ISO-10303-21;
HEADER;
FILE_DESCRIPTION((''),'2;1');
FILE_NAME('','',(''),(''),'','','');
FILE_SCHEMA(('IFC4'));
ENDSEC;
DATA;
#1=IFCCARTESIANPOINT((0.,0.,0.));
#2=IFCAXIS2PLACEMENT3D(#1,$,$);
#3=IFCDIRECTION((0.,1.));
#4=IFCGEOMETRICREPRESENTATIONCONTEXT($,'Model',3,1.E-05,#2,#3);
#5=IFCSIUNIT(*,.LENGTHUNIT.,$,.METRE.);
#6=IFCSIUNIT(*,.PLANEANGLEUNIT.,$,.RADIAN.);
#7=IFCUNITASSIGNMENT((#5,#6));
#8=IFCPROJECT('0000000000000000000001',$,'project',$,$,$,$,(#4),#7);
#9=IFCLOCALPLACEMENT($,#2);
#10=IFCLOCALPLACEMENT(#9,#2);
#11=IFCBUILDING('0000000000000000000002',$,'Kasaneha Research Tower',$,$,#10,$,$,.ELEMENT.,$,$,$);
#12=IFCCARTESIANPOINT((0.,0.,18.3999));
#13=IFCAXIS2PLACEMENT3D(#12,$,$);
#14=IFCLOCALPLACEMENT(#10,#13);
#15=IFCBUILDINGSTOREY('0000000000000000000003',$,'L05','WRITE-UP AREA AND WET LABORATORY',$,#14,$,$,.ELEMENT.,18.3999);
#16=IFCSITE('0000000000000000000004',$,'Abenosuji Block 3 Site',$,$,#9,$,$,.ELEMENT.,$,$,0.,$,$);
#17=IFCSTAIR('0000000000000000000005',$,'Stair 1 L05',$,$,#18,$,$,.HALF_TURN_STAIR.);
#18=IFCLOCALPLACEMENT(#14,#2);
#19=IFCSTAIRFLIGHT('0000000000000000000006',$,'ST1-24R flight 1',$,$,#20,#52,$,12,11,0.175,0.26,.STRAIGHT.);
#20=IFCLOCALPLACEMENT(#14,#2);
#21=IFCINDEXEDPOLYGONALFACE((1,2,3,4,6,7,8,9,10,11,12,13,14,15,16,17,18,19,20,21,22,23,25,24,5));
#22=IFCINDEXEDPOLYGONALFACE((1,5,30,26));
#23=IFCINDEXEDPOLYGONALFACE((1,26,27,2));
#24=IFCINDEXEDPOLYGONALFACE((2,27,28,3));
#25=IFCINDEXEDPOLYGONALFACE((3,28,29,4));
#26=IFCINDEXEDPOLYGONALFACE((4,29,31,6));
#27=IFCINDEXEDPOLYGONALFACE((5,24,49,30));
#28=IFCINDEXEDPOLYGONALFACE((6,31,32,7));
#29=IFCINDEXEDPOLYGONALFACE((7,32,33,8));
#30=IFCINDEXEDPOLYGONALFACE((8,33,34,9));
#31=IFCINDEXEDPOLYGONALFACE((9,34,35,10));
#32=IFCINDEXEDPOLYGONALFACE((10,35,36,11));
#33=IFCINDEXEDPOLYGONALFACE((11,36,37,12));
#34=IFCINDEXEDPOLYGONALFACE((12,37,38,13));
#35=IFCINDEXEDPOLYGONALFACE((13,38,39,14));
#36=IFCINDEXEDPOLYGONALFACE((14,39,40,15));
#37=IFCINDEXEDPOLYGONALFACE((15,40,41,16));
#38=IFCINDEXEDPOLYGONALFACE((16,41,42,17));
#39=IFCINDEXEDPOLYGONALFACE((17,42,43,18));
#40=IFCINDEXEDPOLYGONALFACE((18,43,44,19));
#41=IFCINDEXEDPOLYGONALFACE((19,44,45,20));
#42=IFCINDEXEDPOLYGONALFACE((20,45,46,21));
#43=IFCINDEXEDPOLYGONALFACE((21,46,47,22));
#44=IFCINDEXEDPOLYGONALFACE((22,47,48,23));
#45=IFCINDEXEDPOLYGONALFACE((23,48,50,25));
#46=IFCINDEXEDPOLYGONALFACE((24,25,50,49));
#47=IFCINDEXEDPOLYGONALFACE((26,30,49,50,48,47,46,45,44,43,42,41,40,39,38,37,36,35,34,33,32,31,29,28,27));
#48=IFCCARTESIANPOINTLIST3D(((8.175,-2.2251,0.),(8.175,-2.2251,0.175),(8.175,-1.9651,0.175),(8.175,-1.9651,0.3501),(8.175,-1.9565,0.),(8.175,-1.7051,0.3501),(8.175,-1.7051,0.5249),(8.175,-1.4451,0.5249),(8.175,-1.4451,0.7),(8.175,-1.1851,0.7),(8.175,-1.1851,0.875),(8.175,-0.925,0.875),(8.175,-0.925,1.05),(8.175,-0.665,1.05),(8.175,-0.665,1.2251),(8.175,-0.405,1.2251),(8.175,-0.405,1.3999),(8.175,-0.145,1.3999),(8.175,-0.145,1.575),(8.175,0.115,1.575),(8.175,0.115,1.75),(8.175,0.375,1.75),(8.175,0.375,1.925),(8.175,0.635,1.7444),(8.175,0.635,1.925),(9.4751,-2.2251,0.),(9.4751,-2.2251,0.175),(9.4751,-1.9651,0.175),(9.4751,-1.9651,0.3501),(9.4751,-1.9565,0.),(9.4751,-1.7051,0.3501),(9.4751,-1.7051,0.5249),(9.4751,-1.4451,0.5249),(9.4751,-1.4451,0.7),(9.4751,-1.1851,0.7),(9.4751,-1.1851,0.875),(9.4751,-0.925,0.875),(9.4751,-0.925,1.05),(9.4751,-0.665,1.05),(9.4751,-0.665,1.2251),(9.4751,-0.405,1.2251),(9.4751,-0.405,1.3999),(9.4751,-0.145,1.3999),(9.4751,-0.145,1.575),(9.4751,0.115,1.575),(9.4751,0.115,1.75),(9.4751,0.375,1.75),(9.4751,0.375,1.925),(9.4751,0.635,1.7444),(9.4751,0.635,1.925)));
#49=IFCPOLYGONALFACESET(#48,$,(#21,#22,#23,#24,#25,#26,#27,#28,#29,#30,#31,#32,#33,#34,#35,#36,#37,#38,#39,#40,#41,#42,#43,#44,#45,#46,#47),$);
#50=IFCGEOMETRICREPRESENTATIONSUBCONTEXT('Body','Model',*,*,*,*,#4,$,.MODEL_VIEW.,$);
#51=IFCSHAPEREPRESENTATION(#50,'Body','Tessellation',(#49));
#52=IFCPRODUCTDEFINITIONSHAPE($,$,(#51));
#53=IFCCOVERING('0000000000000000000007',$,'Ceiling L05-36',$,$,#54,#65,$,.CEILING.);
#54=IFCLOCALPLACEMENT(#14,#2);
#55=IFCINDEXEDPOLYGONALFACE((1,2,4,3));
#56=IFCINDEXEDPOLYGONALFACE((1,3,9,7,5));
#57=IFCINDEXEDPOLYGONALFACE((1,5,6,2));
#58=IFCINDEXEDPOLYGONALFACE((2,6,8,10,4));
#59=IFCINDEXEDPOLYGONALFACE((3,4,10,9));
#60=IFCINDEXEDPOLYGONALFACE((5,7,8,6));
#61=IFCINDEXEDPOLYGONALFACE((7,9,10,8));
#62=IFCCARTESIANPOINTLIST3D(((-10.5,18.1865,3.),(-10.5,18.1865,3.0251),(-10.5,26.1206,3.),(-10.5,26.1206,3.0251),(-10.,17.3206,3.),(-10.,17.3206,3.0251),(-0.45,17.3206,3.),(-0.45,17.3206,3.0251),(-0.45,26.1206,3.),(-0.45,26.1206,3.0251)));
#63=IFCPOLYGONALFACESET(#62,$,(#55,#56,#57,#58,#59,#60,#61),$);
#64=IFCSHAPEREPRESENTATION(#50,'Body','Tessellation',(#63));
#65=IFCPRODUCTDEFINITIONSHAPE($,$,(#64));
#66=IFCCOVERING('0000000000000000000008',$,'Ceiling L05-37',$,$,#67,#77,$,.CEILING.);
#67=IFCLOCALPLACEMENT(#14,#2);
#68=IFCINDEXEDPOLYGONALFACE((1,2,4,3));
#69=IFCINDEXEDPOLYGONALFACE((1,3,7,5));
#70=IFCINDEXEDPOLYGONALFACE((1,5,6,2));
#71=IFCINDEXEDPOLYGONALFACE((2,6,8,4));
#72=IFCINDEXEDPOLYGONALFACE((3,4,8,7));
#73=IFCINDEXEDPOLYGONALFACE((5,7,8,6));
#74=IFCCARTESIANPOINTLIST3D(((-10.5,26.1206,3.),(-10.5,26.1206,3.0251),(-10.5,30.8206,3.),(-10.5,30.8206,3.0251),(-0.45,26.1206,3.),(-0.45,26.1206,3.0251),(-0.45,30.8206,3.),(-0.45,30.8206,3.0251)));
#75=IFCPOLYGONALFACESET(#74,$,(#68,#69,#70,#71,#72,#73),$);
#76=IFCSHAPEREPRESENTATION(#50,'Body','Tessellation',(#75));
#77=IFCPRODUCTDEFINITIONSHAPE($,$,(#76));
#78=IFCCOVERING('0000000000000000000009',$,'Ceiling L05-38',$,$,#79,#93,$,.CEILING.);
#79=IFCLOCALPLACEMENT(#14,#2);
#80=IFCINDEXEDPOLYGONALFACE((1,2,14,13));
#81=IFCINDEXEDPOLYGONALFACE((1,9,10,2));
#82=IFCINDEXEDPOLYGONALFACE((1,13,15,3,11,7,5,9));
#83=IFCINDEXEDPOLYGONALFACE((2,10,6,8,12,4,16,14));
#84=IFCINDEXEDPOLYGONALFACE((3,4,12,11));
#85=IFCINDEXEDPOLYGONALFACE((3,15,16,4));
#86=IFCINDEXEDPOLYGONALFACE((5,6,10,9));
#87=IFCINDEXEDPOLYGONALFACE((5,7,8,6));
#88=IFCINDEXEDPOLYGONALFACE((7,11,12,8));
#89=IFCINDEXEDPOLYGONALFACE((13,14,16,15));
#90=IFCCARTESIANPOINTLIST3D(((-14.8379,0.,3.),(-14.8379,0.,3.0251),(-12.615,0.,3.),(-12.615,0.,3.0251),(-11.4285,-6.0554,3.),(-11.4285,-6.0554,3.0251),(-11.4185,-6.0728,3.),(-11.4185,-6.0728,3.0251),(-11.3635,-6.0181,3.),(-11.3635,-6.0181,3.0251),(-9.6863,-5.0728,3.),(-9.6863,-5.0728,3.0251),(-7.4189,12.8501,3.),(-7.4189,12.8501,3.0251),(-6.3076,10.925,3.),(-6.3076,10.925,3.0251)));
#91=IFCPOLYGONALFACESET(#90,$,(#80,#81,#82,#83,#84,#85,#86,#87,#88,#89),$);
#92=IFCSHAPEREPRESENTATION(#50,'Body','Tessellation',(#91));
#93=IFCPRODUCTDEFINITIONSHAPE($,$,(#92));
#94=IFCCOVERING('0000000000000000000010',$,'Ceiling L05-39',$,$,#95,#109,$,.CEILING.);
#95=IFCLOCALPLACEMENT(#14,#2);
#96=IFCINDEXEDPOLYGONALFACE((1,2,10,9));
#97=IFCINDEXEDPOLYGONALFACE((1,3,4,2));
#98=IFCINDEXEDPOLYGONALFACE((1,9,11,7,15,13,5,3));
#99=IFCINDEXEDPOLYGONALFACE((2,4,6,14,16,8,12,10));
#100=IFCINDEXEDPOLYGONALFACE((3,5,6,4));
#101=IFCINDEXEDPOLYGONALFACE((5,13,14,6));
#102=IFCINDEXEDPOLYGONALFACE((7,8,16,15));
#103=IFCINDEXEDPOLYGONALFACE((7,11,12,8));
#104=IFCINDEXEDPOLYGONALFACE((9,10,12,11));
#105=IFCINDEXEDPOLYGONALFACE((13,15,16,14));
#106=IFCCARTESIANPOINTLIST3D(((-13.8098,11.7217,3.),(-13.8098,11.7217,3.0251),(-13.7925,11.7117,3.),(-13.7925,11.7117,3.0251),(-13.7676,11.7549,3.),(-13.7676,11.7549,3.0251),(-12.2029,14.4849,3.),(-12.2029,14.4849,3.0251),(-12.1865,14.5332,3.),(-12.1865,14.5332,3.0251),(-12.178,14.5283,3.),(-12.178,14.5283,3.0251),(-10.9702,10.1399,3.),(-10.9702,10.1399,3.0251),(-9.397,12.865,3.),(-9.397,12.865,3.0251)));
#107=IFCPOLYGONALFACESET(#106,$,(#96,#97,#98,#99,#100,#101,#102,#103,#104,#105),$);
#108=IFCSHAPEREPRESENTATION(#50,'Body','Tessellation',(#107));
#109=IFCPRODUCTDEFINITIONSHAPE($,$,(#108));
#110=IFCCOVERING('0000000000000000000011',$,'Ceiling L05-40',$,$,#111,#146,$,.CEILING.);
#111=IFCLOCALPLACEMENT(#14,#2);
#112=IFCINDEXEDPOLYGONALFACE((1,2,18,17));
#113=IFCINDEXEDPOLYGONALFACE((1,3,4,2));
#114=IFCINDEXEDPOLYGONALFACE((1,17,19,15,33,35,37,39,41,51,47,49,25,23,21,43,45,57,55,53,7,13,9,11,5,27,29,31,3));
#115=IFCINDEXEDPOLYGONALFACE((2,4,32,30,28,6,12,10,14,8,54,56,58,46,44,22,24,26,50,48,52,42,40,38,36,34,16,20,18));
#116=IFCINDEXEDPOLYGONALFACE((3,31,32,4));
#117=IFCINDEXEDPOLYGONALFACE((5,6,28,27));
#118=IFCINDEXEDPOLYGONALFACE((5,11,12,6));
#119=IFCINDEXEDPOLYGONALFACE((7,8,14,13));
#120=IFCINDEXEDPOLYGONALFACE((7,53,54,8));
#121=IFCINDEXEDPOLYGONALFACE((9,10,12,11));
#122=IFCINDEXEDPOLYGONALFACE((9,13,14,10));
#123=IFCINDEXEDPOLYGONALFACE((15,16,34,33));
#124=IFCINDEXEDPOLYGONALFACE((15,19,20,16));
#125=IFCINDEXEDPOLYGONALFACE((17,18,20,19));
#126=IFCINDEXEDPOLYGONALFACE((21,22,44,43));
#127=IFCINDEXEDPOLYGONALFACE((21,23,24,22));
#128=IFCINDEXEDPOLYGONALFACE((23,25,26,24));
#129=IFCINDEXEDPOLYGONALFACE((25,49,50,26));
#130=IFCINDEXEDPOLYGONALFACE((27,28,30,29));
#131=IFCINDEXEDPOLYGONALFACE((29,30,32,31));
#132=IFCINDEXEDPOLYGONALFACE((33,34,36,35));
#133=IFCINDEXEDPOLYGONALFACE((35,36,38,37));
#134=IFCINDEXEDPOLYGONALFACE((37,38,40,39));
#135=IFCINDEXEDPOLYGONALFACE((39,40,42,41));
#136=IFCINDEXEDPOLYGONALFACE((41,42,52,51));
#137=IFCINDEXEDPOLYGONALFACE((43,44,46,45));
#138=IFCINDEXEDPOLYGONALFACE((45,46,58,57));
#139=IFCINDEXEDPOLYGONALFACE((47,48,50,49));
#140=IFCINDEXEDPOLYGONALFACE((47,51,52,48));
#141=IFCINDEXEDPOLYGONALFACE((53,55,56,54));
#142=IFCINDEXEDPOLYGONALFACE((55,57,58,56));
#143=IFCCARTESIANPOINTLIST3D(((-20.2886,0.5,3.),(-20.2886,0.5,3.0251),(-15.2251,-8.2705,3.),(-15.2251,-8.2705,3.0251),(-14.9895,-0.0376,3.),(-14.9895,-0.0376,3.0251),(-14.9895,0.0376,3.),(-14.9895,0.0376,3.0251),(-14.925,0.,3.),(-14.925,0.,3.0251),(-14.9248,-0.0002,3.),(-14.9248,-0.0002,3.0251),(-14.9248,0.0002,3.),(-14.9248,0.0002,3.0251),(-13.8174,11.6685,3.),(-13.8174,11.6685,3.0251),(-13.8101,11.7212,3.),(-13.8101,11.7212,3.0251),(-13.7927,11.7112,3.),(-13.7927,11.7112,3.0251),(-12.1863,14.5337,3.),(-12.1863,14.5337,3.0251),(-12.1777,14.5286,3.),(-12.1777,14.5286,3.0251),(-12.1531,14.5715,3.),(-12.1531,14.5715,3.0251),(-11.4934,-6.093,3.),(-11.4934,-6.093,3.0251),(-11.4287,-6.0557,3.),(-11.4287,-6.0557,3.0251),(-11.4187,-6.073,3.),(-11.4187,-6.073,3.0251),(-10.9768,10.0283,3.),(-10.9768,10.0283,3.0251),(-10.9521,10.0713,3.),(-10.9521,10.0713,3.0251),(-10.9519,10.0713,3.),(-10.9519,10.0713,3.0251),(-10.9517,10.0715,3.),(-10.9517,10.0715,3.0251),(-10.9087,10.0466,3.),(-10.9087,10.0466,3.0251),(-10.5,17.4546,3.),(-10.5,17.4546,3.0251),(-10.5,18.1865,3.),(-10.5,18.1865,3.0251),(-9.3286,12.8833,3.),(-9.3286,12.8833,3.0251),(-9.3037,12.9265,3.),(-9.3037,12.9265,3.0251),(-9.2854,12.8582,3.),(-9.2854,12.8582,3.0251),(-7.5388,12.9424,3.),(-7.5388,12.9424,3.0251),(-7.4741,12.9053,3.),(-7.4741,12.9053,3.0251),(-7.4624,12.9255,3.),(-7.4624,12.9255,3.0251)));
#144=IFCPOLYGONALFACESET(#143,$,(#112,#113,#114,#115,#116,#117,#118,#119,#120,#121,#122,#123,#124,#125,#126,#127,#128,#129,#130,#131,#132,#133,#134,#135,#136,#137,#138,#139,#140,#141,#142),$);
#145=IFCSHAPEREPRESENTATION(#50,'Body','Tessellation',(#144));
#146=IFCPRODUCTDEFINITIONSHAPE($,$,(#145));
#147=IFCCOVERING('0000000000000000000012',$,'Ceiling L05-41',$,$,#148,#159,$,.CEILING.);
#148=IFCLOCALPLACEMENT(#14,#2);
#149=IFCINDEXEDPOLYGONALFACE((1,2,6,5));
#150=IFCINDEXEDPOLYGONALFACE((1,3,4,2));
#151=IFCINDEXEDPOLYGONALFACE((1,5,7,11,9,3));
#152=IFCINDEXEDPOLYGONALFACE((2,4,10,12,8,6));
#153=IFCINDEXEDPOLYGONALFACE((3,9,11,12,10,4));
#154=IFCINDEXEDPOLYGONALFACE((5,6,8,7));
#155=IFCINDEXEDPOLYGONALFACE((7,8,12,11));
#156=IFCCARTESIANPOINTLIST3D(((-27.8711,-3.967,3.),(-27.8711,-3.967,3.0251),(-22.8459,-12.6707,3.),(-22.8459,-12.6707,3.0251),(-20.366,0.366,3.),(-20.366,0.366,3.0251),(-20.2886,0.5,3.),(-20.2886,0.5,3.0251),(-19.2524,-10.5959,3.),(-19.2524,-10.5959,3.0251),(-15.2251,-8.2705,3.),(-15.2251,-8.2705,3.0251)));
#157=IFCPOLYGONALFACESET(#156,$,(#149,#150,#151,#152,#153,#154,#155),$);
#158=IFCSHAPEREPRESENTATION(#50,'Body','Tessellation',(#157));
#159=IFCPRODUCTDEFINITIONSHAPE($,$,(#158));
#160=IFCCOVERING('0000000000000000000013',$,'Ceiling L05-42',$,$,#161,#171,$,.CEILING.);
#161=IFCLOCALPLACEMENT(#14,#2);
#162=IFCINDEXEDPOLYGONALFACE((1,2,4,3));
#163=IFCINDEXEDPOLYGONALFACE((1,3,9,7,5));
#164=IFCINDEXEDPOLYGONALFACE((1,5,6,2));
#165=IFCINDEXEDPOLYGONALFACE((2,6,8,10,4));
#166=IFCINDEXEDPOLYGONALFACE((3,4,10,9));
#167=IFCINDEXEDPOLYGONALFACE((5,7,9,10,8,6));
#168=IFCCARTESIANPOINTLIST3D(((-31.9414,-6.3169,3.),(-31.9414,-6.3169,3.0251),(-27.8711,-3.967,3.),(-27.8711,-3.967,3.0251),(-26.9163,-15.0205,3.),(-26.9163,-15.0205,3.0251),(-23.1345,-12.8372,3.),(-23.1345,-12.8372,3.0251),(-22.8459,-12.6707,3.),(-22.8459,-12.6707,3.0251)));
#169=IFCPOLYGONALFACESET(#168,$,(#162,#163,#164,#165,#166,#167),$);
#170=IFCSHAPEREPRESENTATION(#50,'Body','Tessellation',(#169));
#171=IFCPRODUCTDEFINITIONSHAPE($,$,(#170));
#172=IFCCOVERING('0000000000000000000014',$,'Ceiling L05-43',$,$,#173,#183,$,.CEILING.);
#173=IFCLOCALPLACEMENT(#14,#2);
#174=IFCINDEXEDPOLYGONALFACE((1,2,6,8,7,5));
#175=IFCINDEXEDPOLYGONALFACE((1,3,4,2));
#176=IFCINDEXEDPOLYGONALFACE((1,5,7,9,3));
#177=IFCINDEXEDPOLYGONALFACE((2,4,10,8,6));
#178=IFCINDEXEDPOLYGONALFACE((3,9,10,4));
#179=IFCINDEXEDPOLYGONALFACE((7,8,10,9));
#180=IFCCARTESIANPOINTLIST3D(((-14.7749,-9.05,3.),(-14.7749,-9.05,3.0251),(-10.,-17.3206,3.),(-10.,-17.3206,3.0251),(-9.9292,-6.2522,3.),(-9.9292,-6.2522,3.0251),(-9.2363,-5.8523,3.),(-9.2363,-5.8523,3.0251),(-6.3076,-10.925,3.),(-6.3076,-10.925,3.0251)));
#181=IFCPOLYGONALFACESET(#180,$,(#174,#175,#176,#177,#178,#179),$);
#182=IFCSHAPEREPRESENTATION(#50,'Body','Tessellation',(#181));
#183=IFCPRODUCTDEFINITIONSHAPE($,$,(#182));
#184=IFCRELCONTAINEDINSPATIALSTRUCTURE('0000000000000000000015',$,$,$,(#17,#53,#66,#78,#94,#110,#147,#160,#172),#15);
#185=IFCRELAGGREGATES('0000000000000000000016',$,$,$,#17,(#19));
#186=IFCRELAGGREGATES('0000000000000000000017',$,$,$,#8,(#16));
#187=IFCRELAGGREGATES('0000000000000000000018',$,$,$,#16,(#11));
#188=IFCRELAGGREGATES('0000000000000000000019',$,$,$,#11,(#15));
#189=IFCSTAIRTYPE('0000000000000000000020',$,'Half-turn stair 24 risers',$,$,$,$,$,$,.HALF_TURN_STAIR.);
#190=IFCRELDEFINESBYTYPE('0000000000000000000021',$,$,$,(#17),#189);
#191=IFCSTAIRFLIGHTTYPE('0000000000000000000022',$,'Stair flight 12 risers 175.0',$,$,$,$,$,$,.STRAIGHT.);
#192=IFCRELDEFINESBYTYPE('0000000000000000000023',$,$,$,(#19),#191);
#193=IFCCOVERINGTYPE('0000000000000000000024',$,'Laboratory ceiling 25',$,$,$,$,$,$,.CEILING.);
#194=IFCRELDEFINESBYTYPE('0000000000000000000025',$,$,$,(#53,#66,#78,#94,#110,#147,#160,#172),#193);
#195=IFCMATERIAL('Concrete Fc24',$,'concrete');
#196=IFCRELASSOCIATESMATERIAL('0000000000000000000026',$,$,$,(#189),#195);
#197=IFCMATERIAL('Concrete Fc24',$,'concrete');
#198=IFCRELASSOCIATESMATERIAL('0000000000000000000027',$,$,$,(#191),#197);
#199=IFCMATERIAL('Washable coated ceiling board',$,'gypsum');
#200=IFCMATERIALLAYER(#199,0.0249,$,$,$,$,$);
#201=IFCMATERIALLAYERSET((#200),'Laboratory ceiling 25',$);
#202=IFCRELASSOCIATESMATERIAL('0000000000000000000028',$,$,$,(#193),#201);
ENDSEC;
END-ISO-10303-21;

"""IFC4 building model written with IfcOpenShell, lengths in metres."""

from ifc_helpers import new_model, si_unit, direction, frame, origin, place, context, subcontext, project, spatial, polyline, outline, extrude, material, layer, layer_set, type_object, element, aggregate, save


model = new_model("IFC4")

# Units and contexts
model_context = context("Model", 3, precision=1e-05, world=origin(), true_north=direction((0.0, 1.0)))
body_context = subcontext(model_context, "Body", "Model", "MODEL_VIEW")
ifc_project = project(units=[si_unit("LENGTHUNIT", "METRE"), si_unit("PLANEANGLEUNIT", "RADIAN")], contexts=[model_context])

# Site, building, storey
site_placement = place(None, origin())
site = spatial("IfcSite", under=ifc_project, at=site_placement, Name="Abenosuji Block 3 Site", CompositionType="ELEMENT", RefElevation=0.0)
building_placement = place(site_placement, origin())
building = spatial("IfcBuilding", under=site, at=building_placement, Name="Kasaneha Research Tower", CompositionType="ELEMENT")
storey_placement = place(building_placement, frame((0.0, 0.0, 18.3999)))
storey = spatial("IfcBuildingStorey", under=building, at=storey_placement, Name="L05", Description="WRITE-UP AREA AND WET LABORATORY", CompositionType="ELEMENT", Elevation=18.3999)

# Stair, stair flight
ifc_material_1 = material(Name="Concrete Fc24", Category="concrete")
stair_type = type_object("IfcStairType", Name="Half-turn stair 24 risers", PredefinedType="HALF_TURN_STAIR", material=ifc_material_1)
stair_placement = place(storey_placement, origin())
stair = element("IfcStair", 1, at=stair_placement, inside=storey, type_object=stair_type, Name="Stair 1 L05", PredefinedType="HALF_TURN_STAIR")
ifc_material_2 = material(Name="Concrete Fc24", Category="concrete")
stair_flight_type = type_object("IfcStairFlightType", Name="Stair flight 12 risers 175.0", PredefinedType="STRAIGHT", material=ifc_material_2)
stair_flight_placement = place(storey_placement, frame((8.825, -2.2251, 0.0), z_axis=(0.0, 0.0, 1.0), x_axis=(0.0, 1.0, 0.0)))
stair_flight = element("IfcStairFlight", 2, at=stair_flight_placement, type_object=stair_flight_type, Name="ST1-24R flight 1", NumberOfRisers=12, NumberOfTreads=11, PredefinedType="STRAIGHT", RiserHeight=0.175, TreadLength=0.26, context=body_context, shape_type="SweptSolid", body=[
    extrude(outline(polyline([(0.0, 0.0), (0.0, 0.175), (0.26, 0.175), (0.26, 0.3501), (0.52, 0.3501), (0.52, 0.5249), (0.78, 0.5249), (0.78, 0.7), (1.04, 0.7), (1.04, 0.875), (1.3, 0.875), (1.3, 1.05), (1.5601, 1.05), (1.5601, 1.2251), (1.8201, 1.2251), (1.8201, 1.3999), (2.0801, 1.3999), (2.0801, 1.575), (2.3401, 1.575), (2.3401, 1.75), (2.6001, 1.75), (2.6001, 1.925), (2.8601, 1.925), (2.8601, 2.1001), (2.8601, 1.7444), (0.2686, 0.0), (0.0, 0.0)])), frame((0.0, 0.6499, 0.0), z_axis=(0.0, -1.0, 0.0), x_axis=(1.0, 0.0, 0.0)), (0.0, 0.0, 1.0), 1.3),
])
aggregate(stair, [stair_flight])

# Coverings
ifc_material_3 = material(Name="Washable coated ceiling board", Category="gypsum")
ifc_layer_1 = layer(ifc_material_3, 0.0249)
ifc_layer_set_1 = layer_set([ifc_layer_1], Name="Laboratory ceiling 25")
covering_type = type_object("IfcCoveringType", Name="Laboratory ceiling 25", PredefinedType="CEILING", material=ifc_layer_set_1)
covering_1_placement = place(storey_placement, frame((0.0, 0.0, 3.0)))
element("IfcCovering", 3, at=covering_1_placement, inside=storey, type_object=covering_type, Name="Ceiling L05-36", PredefinedType="CEILING", context=body_context, shape_type="SweptSolid", body=[
    extrude(outline(polyline([(-10.5, 26.1206), (-0.45, 26.1206), (-0.45, 17.3206), (-10.0, 17.3206), (-10.5, 18.1865), (-10.5, 26.1206)])), origin(), (0.0, 0.0, 1.0), 0.0251),
])
covering_2_placement = place(storey_placement, frame((0.0, 0.0, 3.0)))
element("IfcCovering", 4, at=covering_2_placement, inside=storey, type_object=covering_type, Name="Ceiling L05-37", PredefinedType="CEILING", context=body_context, shape_type="SweptSolid", body=[
    extrude(outline(polyline([(-0.45, 30.8206), (-0.45, 26.1206), (-10.5, 26.1206), (-10.5, 30.8206), (-0.45, 30.8206)])), origin(), (0.0, 0.0, 1.0), 0.0251),
])
covering_3_placement = place(storey_placement, frame((0.0, 0.0, 3.0)))
element("IfcCovering", 5, at=covering_3_placement, inside=storey, type_object=covering_type, Name="Ceiling L05-38", PredefinedType="CEILING", context=body_context, shape_type="SweptSolid", body=[
    extrude(outline(polyline([(-12.615, 0.0), (-9.6863, -5.0728), (-11.4185, -6.0728), (-11.4285, -6.0554), (-11.3635, -6.0181), (-14.8379, 0.0), (-7.4189, 12.8501), (-6.3076, 10.925), (-12.615, 0.0)])), origin(), (0.0, 0.0, 1.0), 0.0251),
])
covering_4_placement = place(storey_placement, frame((0.0, 0.0, 3.0)))
element("IfcCovering", 6, at=covering_4_placement, inside=storey, type_object=covering_type, Name="Ceiling L05-39", PredefinedType="CEILING", context=body_context, shape_type="SweptSolid", body=[
    extrude(outline(polyline([(-12.1865, 14.5332), (-12.178, 14.5283), (-12.2029, 14.4849), (-9.397, 12.865), (-10.9702, 10.1399), (-13.7676, 11.7549), (-13.7925, 11.7117), (-13.8098, 11.7217), (-12.1865, 14.5332)])), origin(), (0.0, 0.0, 1.0), 0.0251),
])
covering_5_placement = place(storey_placement, frame((0.0, 0.0, 3.0)))
element("IfcCovering", 7, at=covering_5_placement, inside=storey, type_object=covering_type, Name="Ceiling L05-40", PredefinedType="CEILING", context=body_context, shape_type="SweptSolid", body=[
    extrude(outline(polyline([(-14.9248, -0.0002), (-14.9895, -0.0376), (-11.4934, -6.093), (-11.4287, -6.0557), (-11.4187, -6.073), (-15.2251, -8.2705), (-20.2886, 0.5), (-13.8101, 11.7212), (-13.7927, 11.7112), (-13.8174, 11.6685), (-10.9768, 10.0283), (-10.9521, 10.0713), (-10.9519, 10.0713), (-10.9517, 10.0715), (-10.9087, 10.0466), (-9.2854, 12.8582), (-9.3286, 12.8833), (-9.3037, 12.9265), (-12.1531, 14.5715), (-12.1777, 14.5286), (-12.1863, 14.5337), (-10.5, 17.4546), (-10.5, 18.1865), (-7.4624, 12.9255), (-7.4741, 12.9053), (-7.5388, 12.9424), (-14.9895, 0.0376), (-14.9248, 0.0002), (-14.925, 0.0), (-14.9248, -0.0002)])), origin(), (0.0, 0.0, 1.0), 0.0251),
])
covering_6_placement = place(storey_placement, frame((0.0, 0.0, 3.0)))
element("IfcCovering", 8, at=covering_6_placement, inside=storey, type_object=covering_type, Name="Ceiling L05-41", PredefinedType="CEILING", context=body_context, shape_type="SweptSolid", body=[
    extrude(outline(polyline([(-22.8459, -12.6707), (-27.8711, -3.967), (-20.366, 0.366), (-20.2886, 0.5), (-15.2251, -8.2705), (-19.2524, -10.5959), (-22.8459, -12.6707)])), origin(), (0.0, 0.0, 1.0), 0.0251),
])
covering_7_placement = place(storey_placement, frame((0.0, 0.0, 3.0)))
element("IfcCovering", 9, at=covering_7_placement, inside=storey, type_object=covering_type, Name="Ceiling L05-42", PredefinedType="CEILING", context=body_context, shape_type="SweptSolid", body=[
    extrude(outline(polyline([(-26.9163, -15.0205), (-31.9414, -6.3169), (-27.8711, -3.967), (-22.8459, -12.6707), (-23.1345, -12.8372), (-26.9163, -15.0205)])), origin(), (0.0, 0.0, 1.0), 0.0251),
])
covering_8_placement = place(storey_placement, frame((0.0, 0.0, 3.0)))
element("IfcCovering", 10, at=covering_8_placement, inside=storey, type_object=covering_type, Name="Ceiling L05-43", PredefinedType="CEILING", context=body_context, shape_type="SweptSolid", body=[
    extrude(outline(polyline([(-9.2363, -5.8523), (-6.3076, -10.925), (-10.0, -17.3206), (-14.7749, -9.05), (-9.9292, -6.2522), (-9.9292, -6.2522), (-9.2363, -5.8523)])), origin(), (0.0, 0.0, 1.0), 0.0251),
])

save(model, "model.ifc")
